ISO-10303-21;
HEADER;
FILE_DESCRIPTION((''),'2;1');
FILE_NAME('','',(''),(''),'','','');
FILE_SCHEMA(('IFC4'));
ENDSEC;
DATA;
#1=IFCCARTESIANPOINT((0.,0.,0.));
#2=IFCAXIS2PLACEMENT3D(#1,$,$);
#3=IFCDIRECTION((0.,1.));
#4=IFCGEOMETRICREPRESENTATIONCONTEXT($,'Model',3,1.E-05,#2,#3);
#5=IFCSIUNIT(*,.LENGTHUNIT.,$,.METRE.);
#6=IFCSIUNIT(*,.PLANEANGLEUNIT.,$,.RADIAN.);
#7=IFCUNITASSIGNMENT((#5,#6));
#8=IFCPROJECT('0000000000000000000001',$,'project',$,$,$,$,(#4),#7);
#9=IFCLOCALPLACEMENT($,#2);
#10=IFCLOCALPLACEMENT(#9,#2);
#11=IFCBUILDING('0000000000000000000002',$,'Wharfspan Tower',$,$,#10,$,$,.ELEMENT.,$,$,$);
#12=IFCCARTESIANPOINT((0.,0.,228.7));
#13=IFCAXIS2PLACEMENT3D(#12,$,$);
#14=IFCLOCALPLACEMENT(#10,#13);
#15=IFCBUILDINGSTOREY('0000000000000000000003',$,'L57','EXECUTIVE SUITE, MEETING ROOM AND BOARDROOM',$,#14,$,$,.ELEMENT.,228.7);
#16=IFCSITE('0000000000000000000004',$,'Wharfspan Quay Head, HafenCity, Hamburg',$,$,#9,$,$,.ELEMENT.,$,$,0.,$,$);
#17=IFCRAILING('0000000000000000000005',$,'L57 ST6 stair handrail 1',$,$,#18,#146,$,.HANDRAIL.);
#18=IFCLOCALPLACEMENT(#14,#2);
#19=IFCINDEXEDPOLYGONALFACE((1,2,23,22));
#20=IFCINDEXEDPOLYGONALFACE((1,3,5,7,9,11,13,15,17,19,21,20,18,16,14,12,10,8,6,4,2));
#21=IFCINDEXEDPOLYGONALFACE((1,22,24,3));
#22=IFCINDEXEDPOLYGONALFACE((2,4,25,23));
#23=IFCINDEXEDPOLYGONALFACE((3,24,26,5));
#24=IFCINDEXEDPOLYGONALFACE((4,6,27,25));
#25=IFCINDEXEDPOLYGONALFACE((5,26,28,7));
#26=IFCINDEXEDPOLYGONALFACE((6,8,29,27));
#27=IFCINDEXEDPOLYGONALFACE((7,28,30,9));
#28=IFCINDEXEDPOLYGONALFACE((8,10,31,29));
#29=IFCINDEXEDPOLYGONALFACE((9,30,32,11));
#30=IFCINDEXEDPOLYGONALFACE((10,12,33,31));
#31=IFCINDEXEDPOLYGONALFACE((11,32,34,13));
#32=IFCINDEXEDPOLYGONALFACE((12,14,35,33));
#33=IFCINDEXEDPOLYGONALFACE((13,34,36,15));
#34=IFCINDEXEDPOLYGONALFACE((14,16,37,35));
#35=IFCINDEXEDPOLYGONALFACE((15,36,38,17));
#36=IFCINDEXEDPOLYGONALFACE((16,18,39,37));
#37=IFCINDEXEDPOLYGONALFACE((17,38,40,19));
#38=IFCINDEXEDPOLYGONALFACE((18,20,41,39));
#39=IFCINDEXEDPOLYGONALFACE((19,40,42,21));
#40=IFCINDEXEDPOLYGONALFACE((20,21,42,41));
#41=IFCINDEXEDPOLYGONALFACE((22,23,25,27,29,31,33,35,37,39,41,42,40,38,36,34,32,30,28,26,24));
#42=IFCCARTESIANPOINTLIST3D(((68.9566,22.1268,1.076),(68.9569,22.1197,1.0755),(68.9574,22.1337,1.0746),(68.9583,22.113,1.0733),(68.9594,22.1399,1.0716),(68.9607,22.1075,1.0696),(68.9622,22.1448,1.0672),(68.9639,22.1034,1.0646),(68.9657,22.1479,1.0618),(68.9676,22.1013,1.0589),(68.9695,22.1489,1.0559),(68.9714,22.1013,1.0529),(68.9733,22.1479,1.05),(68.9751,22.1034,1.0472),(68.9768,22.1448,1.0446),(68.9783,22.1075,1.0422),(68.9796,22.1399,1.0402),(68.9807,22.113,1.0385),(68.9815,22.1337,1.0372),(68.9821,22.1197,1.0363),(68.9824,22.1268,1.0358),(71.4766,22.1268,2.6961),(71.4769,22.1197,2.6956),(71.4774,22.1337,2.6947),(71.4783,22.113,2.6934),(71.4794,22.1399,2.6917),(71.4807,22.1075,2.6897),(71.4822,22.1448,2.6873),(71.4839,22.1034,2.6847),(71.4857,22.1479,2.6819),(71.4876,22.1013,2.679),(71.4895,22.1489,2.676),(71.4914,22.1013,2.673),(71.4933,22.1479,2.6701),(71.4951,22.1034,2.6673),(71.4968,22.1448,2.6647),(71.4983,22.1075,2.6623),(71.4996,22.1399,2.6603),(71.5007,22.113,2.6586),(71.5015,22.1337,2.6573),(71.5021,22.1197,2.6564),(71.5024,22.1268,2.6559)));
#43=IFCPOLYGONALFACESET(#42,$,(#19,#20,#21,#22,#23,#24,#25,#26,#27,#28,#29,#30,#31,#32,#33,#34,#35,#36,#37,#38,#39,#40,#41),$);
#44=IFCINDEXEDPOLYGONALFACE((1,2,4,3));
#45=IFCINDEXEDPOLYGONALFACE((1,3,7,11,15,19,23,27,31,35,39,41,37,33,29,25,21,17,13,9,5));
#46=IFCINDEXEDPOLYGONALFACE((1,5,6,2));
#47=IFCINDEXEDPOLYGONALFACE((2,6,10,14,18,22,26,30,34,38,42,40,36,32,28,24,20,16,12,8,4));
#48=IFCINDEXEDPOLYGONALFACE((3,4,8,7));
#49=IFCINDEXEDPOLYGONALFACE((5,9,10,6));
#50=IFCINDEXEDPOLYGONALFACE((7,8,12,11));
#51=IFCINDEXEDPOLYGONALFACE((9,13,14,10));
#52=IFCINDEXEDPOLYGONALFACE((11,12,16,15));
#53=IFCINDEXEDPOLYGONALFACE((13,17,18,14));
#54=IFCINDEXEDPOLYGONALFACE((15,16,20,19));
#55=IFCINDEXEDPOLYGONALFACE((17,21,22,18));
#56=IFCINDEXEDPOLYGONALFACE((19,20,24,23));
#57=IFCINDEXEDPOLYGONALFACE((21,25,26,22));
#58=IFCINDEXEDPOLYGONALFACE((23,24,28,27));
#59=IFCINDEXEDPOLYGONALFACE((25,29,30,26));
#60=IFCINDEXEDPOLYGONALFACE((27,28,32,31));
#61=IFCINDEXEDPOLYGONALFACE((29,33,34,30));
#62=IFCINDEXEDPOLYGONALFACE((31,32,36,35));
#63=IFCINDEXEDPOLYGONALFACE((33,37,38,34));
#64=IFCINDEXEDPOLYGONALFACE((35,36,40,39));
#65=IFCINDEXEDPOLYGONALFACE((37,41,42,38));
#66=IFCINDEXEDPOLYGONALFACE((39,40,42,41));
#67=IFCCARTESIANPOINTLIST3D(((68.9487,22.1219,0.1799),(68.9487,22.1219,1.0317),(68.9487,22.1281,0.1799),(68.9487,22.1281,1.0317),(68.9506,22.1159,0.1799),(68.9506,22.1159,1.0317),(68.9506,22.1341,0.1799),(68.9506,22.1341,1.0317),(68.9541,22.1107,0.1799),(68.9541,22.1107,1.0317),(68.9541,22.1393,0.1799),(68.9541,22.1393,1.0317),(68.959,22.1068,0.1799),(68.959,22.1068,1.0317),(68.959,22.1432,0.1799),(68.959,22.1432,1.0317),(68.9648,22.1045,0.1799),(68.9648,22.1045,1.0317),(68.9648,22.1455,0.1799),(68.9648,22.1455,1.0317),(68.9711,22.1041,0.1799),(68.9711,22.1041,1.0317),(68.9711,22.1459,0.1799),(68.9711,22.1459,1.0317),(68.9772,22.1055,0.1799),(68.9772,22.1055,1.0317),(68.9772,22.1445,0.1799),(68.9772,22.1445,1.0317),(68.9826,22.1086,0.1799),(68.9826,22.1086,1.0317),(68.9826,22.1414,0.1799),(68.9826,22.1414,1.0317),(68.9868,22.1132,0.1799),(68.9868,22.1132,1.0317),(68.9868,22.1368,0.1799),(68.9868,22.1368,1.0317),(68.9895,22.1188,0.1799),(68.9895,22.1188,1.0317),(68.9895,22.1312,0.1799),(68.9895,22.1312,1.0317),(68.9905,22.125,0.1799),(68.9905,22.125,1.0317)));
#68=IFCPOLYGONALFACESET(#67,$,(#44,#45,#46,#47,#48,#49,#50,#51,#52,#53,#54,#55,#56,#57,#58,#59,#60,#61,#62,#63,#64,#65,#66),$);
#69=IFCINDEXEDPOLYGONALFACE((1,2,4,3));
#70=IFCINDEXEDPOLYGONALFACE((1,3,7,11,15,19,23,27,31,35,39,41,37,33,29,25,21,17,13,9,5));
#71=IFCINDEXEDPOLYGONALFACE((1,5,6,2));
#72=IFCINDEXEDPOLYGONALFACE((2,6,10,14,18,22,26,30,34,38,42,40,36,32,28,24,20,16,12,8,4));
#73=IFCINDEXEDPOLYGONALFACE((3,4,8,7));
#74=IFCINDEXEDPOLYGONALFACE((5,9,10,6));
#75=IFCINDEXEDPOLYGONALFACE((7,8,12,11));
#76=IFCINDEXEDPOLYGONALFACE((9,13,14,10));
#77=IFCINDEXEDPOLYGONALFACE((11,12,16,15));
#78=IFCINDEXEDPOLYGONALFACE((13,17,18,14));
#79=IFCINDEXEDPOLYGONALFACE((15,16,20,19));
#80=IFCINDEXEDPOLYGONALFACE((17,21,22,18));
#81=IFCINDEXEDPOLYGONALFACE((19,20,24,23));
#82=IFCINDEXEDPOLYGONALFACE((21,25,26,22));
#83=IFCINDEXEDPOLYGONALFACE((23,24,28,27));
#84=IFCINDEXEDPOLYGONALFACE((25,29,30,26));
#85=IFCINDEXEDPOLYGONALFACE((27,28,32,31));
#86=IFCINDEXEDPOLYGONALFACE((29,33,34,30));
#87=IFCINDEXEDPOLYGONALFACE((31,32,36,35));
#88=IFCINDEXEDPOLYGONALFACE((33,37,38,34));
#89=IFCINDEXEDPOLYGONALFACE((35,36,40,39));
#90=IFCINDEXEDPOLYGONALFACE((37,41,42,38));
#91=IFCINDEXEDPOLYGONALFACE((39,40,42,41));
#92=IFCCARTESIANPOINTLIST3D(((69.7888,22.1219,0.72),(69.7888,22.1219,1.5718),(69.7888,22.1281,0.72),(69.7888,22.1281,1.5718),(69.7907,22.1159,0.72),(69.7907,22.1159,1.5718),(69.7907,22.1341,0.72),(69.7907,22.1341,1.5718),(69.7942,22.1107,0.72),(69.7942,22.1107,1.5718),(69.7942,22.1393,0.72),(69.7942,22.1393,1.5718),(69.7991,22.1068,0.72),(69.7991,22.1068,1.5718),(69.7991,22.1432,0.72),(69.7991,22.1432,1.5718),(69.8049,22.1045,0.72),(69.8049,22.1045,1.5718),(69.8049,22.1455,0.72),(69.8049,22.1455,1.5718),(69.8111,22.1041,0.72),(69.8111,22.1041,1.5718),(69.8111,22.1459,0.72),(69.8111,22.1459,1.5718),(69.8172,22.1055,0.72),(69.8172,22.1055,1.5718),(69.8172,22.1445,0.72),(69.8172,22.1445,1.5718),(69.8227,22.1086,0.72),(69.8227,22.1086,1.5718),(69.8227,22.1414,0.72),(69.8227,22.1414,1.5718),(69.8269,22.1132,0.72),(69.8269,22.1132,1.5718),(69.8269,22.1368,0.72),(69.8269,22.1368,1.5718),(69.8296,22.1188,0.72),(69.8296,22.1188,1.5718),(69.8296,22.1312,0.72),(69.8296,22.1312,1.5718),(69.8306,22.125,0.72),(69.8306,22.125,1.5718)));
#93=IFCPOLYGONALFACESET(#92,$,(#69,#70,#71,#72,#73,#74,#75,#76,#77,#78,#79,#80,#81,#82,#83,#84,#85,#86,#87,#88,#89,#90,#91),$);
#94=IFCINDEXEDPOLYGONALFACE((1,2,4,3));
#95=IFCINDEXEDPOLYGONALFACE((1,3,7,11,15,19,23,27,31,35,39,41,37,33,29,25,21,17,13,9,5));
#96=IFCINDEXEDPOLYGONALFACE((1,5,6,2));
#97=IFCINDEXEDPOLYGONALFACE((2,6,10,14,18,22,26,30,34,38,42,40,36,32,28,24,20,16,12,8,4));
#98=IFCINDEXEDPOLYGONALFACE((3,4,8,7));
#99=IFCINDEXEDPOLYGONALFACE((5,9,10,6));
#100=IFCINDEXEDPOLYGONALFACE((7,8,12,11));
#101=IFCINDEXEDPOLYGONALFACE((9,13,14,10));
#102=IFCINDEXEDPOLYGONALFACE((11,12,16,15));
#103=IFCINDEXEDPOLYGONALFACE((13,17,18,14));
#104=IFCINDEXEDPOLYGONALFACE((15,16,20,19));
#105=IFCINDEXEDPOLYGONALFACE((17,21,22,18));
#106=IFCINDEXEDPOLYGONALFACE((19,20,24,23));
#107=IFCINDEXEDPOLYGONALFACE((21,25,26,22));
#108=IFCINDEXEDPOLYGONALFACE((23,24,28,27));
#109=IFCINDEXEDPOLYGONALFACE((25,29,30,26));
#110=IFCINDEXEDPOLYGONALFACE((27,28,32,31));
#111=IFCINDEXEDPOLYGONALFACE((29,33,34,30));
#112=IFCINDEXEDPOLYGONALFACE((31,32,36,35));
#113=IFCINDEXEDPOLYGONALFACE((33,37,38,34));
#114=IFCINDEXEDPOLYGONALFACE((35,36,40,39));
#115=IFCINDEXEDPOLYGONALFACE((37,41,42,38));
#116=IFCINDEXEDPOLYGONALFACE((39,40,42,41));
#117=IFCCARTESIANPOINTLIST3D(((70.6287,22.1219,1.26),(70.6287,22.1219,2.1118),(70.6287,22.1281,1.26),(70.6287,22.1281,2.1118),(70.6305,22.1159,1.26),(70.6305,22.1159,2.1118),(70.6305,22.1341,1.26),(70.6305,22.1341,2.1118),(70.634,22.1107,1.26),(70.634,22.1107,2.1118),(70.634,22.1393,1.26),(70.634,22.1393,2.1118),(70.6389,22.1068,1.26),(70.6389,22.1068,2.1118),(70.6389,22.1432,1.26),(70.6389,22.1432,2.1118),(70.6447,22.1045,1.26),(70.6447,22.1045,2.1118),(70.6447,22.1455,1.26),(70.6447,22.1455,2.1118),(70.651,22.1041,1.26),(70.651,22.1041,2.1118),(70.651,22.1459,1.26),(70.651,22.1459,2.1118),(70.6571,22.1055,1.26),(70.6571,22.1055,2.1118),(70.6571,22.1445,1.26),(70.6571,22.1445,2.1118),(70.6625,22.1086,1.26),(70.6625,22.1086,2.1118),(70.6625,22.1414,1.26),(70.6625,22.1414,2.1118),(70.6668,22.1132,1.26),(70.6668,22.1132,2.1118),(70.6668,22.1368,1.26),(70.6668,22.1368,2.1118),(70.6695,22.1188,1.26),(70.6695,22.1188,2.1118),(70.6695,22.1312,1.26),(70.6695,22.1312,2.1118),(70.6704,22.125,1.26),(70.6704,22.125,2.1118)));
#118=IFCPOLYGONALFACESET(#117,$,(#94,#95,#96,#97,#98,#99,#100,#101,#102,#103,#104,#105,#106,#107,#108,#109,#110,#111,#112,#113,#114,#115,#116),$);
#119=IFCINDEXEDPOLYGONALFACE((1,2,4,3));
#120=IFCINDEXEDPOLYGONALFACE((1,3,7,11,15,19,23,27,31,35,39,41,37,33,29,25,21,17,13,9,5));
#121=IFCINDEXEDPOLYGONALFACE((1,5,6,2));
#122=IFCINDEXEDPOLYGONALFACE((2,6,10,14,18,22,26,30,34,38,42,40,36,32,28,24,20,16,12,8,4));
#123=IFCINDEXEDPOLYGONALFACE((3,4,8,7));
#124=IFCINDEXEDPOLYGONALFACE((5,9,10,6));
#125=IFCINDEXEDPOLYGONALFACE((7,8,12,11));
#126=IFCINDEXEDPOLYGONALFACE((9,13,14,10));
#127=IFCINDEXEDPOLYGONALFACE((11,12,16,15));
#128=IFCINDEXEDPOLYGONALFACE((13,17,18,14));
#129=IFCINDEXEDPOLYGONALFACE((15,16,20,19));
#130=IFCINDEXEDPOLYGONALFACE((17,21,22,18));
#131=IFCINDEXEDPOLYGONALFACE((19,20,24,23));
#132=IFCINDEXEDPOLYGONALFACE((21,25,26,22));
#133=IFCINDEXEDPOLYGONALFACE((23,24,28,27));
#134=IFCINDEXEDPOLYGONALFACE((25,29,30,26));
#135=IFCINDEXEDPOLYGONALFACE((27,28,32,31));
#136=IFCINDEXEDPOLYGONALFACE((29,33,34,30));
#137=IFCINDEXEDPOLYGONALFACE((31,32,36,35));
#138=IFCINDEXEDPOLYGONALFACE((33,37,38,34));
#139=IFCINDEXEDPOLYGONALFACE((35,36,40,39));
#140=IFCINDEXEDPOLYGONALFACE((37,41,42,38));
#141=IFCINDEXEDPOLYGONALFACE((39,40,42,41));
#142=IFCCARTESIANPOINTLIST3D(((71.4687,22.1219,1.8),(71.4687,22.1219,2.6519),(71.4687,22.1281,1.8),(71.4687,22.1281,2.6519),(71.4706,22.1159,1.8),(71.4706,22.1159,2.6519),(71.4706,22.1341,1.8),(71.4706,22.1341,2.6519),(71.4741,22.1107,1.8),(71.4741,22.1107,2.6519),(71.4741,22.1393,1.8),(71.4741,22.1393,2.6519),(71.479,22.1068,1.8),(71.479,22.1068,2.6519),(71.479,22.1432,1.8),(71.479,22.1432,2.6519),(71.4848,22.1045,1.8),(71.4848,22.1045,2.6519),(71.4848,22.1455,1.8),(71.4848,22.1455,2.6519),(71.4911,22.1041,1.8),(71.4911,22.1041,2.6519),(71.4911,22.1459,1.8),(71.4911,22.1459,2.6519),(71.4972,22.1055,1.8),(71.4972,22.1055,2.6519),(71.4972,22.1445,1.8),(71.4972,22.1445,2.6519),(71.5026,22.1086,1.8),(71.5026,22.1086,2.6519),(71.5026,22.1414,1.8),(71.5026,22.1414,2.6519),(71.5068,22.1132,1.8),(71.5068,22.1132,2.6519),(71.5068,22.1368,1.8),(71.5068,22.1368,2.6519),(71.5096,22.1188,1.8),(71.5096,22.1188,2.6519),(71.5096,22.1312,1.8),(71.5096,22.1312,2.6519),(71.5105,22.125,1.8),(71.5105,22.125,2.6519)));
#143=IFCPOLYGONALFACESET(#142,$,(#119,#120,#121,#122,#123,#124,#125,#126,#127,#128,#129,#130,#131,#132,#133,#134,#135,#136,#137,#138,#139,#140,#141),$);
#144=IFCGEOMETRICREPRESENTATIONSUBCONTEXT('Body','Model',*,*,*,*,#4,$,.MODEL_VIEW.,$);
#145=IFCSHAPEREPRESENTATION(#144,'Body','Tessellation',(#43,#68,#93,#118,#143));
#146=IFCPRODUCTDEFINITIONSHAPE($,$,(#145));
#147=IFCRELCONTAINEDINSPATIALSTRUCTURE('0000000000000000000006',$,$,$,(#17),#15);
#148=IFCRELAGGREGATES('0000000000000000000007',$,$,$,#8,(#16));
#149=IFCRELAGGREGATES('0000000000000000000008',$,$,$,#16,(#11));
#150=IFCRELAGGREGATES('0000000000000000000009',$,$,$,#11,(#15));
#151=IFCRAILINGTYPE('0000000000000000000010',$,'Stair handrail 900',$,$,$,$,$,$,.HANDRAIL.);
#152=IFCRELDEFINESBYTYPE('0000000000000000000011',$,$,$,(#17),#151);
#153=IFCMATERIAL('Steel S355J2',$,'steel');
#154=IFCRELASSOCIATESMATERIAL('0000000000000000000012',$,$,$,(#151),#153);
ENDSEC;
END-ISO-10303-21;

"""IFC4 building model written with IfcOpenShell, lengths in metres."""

from ifc_helpers import new_model, si_unit, direction, frame, origin, origin_2d, place, context, subcontext, project, spatial, circle, extrude, material, type_object, element, save


model = new_model("IFC4")

# Units and contexts
model_context = context("Model", 3, precision=1e-05, world=origin(), true_north=direction((0.0, 1.0)))
body_context = subcontext(model_context, "Body", "Model", "MODEL_VIEW")
ifc_project = project(units=[si_unit("LENGTHUNIT", "METRE"), si_unit("PLANEANGLEUNIT", "RADIAN")], contexts=[model_context])

# Site, building, storey
site_placement = place(None, origin())
site = spatial("IfcSite", under=ifc_project, at=site_placement, Name="Wharfspan Quay Head, HafenCity, Hamburg", CompositionType="ELEMENT", RefElevation=0.0)
building_placement = place(site_placement, origin())
building = spatial("IfcBuilding", under=site, at=building_placement, Name="Wharfspan Tower", CompositionType="ELEMENT")
storey_placement = place(building_placement, frame((0.0, 0.0, 228.7)))
storey = spatial("IfcBuildingStorey", under=building, at=storey_placement, Name="L57", Description="EXECUTIVE SUITE, MEETING ROOM AND BOARDROOM", CompositionType="ELEMENT", Elevation=228.7)

# Railing
ifc_material_1 = material(Name="Steel S355J2", Category="steel")
railing_type_1 = type_object("IfcRailingType", Name="Stair handrail 900", PredefinedType="HANDRAIL", material=ifc_material_1)
railing_1_placement = place(storey_placement, frame((68.9695, 22.125, 0.1799)))
element("IfcRailing", 1, at=railing_1_placement, inside=storey, type_object=railing_type_1, Name="L57 ST6 stair handrail 1", PredefinedType="HANDRAIL", context=body_context, shape_type="SweptSolid", body=[
    extrude(circle(Radius=0.0239, at=origin_2d()), frame((0.0, 0.0, 0.876), z_axis=(0.841163, 0.0, 0.540782), x_axis=(0.0, 1.0, 0.0)), (0.0, 0.0, 1.0), 2.9958),
    extrude(circle(Radius=0.021, at=origin_2d()), origin(), (0.0, 0.0, 1.0), 0.8518),
    extrude(circle(Radius=0.021, at=origin_2d()), frame((0.8401, 0.0, 0.54)), (0.0, 0.0, 1.0), 0.8518),
    extrude(circle(Radius=0.021, at=origin_2d()), frame((1.6799, 0.0, 1.0801)), (0.0, 0.0, 1.0), 0.8518),
    extrude(circle(Radius=0.021, at=origin_2d()), frame((2.52, 0.0, 1.6201)), (0.0, 0.0, 1.0), 0.8518),
])

save(model, "model.ifc")
